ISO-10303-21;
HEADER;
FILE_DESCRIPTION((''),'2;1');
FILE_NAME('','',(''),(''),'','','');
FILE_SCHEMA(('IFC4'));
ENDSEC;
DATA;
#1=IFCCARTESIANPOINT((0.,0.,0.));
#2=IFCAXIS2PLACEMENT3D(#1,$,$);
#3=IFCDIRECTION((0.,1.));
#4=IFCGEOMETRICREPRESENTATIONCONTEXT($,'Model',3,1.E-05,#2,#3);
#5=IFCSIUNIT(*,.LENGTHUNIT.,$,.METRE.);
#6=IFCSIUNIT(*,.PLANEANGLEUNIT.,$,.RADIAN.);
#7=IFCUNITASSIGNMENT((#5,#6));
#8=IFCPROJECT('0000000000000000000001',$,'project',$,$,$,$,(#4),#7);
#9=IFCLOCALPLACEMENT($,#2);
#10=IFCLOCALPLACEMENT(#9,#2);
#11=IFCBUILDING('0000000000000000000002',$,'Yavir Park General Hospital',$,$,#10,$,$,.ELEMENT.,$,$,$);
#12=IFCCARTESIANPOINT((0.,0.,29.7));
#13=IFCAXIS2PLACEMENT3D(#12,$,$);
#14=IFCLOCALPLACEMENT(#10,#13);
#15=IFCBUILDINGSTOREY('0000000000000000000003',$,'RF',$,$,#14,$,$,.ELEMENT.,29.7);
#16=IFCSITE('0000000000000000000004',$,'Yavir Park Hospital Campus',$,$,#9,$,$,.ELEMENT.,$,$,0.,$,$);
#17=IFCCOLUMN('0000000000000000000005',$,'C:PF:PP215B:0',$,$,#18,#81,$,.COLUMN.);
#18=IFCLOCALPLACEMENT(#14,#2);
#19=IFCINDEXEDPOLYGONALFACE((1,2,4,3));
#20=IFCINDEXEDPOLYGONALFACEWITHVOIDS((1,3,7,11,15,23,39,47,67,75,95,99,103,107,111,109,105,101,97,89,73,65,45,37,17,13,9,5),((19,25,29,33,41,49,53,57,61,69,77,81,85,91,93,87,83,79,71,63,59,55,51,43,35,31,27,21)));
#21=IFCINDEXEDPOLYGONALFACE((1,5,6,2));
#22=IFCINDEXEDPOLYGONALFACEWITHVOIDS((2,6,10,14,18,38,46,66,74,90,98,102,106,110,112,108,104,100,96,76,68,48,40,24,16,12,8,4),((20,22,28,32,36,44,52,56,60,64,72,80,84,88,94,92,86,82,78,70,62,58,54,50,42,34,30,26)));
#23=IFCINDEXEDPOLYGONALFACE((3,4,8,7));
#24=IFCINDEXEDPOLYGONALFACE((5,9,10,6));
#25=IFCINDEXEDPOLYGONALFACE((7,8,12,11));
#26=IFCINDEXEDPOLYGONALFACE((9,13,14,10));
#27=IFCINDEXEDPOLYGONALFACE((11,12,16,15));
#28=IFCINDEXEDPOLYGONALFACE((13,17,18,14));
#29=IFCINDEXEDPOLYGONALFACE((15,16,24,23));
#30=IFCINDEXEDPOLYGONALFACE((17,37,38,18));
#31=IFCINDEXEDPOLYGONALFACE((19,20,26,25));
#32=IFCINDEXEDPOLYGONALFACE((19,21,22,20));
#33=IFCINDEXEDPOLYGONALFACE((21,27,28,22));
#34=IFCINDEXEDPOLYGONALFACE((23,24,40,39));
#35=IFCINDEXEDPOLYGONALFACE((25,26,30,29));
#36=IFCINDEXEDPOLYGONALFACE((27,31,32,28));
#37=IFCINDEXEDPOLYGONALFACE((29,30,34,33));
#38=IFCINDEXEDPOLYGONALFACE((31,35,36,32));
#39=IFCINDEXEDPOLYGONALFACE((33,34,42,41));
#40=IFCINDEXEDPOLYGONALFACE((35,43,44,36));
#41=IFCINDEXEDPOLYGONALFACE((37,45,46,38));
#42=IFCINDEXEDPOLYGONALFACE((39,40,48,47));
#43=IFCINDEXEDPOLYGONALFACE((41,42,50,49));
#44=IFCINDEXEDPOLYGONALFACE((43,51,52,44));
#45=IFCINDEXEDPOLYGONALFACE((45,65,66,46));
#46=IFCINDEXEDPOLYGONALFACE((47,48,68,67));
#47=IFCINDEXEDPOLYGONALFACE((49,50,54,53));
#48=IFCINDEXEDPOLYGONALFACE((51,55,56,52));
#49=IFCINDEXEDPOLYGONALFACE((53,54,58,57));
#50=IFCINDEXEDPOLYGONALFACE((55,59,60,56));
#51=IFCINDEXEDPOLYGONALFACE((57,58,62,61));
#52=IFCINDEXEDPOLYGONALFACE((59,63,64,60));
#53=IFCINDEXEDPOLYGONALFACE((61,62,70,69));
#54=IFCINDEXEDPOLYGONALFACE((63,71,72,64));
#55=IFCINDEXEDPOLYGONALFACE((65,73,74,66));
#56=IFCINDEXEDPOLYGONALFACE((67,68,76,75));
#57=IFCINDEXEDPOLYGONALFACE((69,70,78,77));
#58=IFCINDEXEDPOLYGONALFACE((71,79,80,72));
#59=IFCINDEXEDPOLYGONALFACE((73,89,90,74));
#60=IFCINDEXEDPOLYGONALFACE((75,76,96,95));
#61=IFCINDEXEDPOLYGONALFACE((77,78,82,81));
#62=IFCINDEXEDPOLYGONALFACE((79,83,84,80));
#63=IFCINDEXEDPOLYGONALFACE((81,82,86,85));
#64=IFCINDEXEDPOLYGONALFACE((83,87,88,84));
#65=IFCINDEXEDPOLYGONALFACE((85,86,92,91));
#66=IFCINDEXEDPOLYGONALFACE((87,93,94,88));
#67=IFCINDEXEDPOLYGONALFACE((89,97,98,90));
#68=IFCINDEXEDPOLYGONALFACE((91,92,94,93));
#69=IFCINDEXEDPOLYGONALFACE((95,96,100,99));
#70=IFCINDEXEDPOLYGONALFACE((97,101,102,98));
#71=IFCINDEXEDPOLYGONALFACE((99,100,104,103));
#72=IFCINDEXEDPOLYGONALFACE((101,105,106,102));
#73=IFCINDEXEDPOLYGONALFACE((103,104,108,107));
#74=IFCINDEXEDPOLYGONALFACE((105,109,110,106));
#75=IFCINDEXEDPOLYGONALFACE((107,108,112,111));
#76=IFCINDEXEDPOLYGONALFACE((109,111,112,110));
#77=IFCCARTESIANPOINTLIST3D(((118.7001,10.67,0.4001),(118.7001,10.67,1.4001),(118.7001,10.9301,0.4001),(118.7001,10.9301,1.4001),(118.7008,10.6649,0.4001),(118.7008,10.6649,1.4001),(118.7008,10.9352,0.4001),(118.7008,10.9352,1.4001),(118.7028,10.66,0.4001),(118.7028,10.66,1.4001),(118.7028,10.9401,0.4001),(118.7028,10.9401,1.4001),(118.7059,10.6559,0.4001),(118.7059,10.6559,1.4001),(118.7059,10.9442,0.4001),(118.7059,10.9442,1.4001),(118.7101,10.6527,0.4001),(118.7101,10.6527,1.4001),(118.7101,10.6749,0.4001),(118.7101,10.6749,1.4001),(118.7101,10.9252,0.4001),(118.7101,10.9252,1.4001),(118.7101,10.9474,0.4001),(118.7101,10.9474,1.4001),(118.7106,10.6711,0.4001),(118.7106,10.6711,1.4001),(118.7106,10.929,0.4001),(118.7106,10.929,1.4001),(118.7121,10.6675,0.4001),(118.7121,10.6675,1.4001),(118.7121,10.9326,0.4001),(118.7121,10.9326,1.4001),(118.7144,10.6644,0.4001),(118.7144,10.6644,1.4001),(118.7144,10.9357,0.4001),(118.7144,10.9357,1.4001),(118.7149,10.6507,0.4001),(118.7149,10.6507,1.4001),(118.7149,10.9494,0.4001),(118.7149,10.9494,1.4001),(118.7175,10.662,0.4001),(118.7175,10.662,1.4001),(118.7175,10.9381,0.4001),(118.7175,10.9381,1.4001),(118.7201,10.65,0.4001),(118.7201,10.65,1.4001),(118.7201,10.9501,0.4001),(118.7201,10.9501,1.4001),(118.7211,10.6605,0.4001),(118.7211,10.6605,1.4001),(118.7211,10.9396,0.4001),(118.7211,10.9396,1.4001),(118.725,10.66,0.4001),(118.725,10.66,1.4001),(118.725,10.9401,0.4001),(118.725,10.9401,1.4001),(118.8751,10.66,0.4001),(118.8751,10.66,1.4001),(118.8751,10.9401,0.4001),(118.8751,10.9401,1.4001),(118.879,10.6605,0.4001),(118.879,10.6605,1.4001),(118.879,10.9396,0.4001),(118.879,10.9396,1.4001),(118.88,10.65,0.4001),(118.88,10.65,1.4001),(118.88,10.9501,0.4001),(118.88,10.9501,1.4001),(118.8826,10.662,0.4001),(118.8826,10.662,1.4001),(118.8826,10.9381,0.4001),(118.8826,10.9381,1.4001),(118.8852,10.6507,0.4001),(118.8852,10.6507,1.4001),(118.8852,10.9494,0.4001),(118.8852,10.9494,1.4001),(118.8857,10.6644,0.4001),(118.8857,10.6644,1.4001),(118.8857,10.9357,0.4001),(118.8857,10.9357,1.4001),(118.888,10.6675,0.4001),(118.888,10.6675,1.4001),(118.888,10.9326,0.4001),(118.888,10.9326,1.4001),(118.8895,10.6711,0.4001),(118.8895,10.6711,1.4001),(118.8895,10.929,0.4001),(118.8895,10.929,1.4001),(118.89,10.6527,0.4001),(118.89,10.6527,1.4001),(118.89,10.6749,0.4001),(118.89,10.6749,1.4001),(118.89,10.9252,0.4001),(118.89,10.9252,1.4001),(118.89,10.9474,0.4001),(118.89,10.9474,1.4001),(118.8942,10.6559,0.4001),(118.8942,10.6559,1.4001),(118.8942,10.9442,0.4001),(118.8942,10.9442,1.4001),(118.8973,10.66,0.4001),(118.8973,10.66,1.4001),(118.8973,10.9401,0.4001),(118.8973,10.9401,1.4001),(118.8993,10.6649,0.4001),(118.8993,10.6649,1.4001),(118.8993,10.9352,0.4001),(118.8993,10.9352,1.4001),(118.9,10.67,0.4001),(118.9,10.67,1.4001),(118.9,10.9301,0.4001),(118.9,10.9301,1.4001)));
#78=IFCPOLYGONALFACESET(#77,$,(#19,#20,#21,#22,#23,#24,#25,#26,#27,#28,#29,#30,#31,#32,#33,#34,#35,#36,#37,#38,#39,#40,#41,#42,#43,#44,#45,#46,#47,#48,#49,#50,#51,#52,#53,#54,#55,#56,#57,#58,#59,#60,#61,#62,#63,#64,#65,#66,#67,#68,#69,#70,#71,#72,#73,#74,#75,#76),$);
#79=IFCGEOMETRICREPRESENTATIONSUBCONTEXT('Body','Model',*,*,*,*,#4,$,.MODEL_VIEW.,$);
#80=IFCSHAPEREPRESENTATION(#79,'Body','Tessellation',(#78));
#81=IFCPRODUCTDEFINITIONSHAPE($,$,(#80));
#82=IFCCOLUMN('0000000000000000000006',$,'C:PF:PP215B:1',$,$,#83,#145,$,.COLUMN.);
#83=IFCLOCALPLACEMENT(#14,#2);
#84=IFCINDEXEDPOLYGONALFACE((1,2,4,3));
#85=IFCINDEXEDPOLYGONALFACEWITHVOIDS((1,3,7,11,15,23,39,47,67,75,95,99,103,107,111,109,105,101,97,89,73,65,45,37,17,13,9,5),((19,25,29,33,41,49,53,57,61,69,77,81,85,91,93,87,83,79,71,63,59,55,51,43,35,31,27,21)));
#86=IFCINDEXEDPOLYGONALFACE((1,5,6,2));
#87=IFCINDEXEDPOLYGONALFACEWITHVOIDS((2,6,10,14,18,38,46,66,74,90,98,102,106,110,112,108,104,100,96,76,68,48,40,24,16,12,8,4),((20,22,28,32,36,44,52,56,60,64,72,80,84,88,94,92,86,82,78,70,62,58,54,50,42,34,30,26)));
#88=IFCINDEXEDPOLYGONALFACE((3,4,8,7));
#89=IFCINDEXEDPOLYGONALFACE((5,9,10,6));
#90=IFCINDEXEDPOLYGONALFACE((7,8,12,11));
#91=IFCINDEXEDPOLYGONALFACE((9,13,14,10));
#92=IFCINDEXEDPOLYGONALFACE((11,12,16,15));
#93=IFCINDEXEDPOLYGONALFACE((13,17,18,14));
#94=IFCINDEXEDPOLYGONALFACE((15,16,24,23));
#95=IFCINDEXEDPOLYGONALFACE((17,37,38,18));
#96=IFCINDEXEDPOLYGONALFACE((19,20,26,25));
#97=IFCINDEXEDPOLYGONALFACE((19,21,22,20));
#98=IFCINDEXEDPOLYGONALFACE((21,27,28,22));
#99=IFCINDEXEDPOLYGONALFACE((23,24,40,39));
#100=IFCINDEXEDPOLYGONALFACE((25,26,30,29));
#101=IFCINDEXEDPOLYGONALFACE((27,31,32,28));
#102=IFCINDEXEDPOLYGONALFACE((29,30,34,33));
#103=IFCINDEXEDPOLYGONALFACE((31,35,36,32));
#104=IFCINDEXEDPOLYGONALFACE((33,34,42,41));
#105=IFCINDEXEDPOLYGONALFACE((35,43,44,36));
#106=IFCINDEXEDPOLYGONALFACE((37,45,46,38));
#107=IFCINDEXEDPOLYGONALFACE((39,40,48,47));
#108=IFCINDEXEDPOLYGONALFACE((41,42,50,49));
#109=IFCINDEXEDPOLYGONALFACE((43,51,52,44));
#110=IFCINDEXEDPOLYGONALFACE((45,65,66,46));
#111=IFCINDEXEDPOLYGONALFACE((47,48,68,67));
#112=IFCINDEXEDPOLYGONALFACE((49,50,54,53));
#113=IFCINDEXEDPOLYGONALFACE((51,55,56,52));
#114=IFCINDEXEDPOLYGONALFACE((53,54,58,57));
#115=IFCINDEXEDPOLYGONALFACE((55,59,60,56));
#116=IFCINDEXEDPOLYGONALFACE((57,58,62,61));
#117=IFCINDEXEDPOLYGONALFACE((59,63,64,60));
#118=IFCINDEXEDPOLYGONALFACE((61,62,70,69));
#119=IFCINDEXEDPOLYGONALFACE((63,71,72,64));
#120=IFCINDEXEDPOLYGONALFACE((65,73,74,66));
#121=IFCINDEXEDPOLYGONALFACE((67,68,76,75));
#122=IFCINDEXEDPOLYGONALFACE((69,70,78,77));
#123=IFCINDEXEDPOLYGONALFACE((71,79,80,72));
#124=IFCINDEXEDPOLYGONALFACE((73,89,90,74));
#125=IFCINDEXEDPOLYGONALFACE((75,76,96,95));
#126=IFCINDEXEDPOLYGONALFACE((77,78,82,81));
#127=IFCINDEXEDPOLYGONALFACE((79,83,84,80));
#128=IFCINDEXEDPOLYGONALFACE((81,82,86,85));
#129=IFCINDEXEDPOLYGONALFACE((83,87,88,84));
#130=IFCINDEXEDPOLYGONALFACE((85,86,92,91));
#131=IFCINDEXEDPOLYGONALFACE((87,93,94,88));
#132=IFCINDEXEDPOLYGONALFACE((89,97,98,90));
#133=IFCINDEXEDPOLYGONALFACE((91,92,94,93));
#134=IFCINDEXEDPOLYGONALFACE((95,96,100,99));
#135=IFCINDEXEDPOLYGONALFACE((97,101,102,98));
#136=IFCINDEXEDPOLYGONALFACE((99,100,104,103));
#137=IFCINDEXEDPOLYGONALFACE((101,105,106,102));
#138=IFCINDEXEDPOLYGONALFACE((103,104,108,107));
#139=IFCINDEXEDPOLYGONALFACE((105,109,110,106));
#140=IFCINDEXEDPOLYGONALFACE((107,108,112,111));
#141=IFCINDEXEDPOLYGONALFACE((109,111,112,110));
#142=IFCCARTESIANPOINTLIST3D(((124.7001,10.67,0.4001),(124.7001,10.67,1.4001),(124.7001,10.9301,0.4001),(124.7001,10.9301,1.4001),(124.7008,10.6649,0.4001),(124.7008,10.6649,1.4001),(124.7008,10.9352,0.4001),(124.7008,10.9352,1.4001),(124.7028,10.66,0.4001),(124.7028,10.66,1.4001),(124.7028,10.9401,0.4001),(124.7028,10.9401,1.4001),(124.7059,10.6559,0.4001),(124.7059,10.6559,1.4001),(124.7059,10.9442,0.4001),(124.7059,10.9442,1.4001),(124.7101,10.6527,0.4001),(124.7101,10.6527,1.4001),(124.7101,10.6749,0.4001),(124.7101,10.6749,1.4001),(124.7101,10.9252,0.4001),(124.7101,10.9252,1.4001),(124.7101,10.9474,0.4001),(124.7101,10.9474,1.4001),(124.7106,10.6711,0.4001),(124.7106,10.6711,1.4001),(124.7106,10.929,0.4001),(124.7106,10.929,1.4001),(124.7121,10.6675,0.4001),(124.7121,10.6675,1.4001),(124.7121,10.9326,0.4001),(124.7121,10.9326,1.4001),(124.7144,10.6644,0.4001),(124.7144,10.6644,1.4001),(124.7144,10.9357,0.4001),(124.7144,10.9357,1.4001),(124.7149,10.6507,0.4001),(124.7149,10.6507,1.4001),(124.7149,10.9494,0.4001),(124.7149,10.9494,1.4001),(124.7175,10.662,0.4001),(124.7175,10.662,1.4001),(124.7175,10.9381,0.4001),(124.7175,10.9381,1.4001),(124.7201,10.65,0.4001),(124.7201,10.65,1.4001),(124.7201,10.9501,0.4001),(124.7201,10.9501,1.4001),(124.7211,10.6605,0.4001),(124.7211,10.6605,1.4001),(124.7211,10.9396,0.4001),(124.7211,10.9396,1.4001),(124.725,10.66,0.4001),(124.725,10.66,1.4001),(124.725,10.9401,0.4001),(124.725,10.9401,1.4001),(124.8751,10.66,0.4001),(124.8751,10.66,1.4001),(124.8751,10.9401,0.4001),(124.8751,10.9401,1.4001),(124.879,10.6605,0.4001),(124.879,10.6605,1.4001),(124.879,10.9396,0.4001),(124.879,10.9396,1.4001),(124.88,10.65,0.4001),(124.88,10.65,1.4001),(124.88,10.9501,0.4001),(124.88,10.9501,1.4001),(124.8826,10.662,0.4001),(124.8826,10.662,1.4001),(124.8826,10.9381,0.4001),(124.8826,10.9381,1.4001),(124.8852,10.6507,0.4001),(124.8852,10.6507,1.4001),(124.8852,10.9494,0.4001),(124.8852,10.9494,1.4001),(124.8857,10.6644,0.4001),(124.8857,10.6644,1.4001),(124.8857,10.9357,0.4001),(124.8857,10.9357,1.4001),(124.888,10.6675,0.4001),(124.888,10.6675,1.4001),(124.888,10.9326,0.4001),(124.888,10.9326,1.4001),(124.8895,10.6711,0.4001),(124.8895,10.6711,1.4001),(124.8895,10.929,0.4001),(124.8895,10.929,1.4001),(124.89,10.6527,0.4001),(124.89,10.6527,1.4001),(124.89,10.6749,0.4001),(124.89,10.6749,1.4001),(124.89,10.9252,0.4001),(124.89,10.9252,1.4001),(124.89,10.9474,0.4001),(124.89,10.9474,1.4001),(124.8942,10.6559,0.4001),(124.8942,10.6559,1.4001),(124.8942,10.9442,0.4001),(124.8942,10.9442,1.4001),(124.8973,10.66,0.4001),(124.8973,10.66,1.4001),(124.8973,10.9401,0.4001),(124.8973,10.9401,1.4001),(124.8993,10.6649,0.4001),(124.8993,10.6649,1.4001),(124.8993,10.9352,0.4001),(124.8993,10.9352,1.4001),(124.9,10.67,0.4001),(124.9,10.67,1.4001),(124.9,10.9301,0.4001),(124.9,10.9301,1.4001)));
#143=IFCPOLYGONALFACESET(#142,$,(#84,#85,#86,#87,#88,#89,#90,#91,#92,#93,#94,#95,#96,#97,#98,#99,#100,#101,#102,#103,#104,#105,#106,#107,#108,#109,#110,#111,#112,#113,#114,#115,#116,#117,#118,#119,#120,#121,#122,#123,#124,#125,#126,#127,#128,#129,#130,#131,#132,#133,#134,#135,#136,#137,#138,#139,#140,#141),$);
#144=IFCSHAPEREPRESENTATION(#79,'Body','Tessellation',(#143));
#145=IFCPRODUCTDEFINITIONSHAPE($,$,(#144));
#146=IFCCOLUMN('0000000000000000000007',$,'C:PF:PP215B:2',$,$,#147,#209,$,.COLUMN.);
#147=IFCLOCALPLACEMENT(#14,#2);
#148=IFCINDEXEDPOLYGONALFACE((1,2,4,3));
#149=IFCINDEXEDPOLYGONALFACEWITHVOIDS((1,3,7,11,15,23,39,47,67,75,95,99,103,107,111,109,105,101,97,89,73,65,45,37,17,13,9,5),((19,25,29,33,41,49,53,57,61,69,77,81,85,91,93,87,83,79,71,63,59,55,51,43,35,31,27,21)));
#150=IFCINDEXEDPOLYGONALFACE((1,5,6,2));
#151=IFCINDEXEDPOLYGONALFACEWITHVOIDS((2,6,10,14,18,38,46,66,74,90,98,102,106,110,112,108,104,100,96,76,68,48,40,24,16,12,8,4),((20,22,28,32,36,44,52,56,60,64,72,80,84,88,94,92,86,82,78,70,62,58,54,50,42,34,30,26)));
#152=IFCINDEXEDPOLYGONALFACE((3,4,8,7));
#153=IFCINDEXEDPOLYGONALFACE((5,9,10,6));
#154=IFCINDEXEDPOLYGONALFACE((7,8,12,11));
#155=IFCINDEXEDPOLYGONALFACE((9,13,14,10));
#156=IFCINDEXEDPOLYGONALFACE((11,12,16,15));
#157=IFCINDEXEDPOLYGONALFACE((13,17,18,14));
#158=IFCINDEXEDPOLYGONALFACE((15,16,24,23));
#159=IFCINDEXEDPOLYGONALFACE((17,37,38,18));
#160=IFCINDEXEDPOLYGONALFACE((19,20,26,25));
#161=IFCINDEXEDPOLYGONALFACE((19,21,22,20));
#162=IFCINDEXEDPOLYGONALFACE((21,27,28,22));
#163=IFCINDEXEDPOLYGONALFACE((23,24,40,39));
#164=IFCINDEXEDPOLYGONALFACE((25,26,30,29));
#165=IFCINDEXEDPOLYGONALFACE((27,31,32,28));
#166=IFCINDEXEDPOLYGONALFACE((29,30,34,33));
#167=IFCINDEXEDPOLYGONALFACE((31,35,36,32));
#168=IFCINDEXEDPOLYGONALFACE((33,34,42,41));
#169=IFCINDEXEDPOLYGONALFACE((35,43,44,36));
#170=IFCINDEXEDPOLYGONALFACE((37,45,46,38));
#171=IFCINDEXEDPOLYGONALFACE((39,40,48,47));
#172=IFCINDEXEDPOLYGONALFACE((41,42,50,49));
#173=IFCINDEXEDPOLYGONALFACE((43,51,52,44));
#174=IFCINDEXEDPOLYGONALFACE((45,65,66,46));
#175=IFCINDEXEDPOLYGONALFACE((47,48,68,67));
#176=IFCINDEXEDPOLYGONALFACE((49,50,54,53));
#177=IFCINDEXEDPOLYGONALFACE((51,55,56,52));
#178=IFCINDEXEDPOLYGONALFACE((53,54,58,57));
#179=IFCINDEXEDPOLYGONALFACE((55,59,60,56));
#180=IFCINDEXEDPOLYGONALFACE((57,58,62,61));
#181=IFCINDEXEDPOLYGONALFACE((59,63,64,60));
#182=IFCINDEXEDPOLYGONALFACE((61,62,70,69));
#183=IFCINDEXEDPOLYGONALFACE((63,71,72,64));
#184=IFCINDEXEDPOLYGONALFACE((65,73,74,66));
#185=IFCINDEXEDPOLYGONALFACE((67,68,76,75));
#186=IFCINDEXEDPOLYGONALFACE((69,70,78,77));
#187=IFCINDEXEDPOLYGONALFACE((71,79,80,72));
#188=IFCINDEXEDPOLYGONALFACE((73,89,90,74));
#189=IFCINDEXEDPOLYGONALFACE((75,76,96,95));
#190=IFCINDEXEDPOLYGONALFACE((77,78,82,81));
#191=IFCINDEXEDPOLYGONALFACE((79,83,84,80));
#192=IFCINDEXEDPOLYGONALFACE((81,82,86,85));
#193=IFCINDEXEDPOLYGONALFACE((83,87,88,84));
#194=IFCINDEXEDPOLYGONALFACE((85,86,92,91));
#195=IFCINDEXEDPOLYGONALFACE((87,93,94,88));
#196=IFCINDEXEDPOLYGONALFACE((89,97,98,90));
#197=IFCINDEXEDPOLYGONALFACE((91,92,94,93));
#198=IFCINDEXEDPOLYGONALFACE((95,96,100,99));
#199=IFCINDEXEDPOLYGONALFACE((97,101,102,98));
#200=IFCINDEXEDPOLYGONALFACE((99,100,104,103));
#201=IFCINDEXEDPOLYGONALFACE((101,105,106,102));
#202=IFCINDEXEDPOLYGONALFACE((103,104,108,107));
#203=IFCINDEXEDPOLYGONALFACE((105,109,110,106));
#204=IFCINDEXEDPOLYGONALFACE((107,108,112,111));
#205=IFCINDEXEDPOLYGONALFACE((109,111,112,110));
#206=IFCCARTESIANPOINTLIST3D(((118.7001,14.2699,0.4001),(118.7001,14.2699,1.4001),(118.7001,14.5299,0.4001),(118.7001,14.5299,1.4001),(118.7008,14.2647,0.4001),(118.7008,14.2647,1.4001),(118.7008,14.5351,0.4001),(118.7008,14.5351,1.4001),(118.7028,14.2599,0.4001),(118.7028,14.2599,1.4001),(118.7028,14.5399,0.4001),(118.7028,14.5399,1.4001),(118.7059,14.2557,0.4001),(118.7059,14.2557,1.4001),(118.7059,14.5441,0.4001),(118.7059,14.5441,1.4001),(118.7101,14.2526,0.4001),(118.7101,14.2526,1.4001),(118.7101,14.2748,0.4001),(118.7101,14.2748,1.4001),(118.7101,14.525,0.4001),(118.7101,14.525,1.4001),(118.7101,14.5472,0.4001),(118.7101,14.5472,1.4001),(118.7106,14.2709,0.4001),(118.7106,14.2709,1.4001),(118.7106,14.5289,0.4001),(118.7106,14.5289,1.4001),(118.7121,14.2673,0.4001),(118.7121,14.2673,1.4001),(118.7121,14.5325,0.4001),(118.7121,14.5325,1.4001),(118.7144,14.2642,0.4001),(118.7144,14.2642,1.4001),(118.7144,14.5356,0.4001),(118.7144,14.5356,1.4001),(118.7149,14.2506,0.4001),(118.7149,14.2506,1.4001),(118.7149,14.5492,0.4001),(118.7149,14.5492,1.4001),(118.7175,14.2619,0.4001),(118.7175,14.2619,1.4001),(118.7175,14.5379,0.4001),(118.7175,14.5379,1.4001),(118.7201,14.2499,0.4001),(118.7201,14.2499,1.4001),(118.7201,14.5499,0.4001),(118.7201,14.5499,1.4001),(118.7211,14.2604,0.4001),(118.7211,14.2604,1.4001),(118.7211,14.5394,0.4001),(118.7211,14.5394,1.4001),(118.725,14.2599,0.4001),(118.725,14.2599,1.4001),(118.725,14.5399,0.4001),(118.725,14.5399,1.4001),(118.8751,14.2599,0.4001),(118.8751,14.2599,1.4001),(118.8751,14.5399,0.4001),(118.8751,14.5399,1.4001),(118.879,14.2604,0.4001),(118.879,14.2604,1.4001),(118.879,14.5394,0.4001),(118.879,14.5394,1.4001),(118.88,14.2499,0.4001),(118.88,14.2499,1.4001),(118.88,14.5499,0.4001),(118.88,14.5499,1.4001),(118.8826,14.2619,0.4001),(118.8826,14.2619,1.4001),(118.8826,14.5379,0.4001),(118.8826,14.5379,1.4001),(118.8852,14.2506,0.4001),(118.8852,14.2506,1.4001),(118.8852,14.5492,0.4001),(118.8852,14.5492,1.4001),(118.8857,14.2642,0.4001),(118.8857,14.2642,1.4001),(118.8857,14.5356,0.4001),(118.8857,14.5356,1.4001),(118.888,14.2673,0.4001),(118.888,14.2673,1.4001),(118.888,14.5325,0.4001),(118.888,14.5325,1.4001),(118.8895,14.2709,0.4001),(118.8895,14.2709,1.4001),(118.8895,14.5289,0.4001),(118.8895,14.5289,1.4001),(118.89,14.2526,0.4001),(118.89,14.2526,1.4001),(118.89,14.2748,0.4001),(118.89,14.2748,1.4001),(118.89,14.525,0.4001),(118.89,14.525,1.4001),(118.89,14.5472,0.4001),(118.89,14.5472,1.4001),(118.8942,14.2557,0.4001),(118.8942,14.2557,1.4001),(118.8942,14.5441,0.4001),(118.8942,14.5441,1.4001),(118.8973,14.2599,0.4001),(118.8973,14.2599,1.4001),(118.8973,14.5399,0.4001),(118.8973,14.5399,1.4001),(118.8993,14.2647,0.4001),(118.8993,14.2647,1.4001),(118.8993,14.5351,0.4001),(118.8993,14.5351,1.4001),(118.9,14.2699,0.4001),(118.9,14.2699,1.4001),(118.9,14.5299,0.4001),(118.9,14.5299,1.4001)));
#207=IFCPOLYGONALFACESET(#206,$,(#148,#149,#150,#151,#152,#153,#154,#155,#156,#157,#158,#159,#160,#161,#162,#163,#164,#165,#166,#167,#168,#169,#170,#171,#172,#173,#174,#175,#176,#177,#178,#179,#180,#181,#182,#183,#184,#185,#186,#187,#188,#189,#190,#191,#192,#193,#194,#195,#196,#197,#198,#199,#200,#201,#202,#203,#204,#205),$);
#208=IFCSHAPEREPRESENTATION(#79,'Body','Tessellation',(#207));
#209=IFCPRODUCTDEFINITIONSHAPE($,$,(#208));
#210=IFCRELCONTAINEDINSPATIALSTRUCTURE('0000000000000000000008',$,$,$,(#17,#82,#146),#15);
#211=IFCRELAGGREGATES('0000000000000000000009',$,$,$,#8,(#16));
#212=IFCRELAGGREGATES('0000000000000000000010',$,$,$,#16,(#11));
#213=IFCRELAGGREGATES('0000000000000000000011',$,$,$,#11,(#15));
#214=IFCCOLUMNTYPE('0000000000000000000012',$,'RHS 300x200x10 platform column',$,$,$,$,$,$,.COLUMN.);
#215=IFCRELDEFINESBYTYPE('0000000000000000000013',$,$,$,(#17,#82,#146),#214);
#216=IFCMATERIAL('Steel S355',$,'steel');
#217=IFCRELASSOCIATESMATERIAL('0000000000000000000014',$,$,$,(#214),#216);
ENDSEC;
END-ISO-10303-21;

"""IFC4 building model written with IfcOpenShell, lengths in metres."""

from ifc_helpers import new_model, si_unit, direction, frame, origin, origin_2d, place, context, subcontext, project, spatial, hollow_rectangle, extrude, material, material_profile, profile_set, type_object, element, save


model = new_model("IFC4")

# Units and contexts
model_context = context("Model", 3, precision=1e-05, world=origin(), true_north=direction((0.0, 1.0)))
body_context = subcontext(model_context, "Body", "Model", "MODEL_VIEW")
ifc_project = project(units=[si_unit("LENGTHUNIT", "METRE"), si_unit("PLANEANGLEUNIT", "RADIAN")], contexts=[model_context])

# Site, building, storey
site_placement = place(None, origin())
site = spatial("IfcSite", under=ifc_project, at=site_placement, Name="Yavir Park Hospital Campus", CompositionType="ELEMENT", RefElevation=0.0)
building_placement = place(site_placement, origin())
building = spatial("IfcBuilding", under=site, at=building_placement, Name="Yavir Park General Hospital", CompositionType="ELEMENT")
storey_placement = place(building_placement, frame((0.0, 0.0, 29.7)))
storey = spatial("IfcBuildingStorey", under=building, at=storey_placement, Name="RF", CompositionType="ELEMENT", Elevation=29.7)

# Columns
ifc_material_1 = material(Name="Steel S355", Category="steel")
ifc_material_profile_1 = material_profile(ifc_material_1, hollow_rectangle(XDim=0.2, YDim=0.3, WallThickness=0.01, InnerFilletRadius=0.0149, OuterFilletRadius=0.02, at=origin_2d()), Name="RHS300x200x10")
ifc_profile_set_1 = profile_set([ifc_material_profile_1], Name="Steel S355")
column_type_1 = type_object("IfcColumnType", Name="RHS 300x200x10 platform column", PredefinedType="COLUMN", material=ifc_profile_set_1)
for number, where, z_axis, x_axis, name in (
    (1, (118.8, 10.8, 0.4001), (0.0, 0.0, 1.0), (1.0, 0.0, 0.0), "C:PF:PP215B:0"),
    (2, (124.8, 10.8, 0.4001), (0.0, 0.0, 1.0), (1.0, 0.0, 0.0), "C:PF:PP215B:1"),
    (3, (118.8, 14.3999, 0.4001), (0.0, 0.0, 1.0), (1.0, 0.0, 0.0), "C:PF:PP215B:2"),
):
    element("IfcColumn", number, at=place(storey_placement, frame(where, z_axis=z_axis, x_axis=x_axis)), inside=storey, type_object=column_type_1, Name=name, PredefinedType="COLUMN", context=body_context, shape_type="SweptSolid", body=[
        extrude(hollow_rectangle(XDim=0.2, YDim=0.3, WallThickness=0.01, InnerFilletRadius=0.0149, OuterFilletRadius=0.02, at=origin_2d()), origin(), (0.0, 0.0, 1.0), 1.0),
    ])

save(model, "model.ifc")
